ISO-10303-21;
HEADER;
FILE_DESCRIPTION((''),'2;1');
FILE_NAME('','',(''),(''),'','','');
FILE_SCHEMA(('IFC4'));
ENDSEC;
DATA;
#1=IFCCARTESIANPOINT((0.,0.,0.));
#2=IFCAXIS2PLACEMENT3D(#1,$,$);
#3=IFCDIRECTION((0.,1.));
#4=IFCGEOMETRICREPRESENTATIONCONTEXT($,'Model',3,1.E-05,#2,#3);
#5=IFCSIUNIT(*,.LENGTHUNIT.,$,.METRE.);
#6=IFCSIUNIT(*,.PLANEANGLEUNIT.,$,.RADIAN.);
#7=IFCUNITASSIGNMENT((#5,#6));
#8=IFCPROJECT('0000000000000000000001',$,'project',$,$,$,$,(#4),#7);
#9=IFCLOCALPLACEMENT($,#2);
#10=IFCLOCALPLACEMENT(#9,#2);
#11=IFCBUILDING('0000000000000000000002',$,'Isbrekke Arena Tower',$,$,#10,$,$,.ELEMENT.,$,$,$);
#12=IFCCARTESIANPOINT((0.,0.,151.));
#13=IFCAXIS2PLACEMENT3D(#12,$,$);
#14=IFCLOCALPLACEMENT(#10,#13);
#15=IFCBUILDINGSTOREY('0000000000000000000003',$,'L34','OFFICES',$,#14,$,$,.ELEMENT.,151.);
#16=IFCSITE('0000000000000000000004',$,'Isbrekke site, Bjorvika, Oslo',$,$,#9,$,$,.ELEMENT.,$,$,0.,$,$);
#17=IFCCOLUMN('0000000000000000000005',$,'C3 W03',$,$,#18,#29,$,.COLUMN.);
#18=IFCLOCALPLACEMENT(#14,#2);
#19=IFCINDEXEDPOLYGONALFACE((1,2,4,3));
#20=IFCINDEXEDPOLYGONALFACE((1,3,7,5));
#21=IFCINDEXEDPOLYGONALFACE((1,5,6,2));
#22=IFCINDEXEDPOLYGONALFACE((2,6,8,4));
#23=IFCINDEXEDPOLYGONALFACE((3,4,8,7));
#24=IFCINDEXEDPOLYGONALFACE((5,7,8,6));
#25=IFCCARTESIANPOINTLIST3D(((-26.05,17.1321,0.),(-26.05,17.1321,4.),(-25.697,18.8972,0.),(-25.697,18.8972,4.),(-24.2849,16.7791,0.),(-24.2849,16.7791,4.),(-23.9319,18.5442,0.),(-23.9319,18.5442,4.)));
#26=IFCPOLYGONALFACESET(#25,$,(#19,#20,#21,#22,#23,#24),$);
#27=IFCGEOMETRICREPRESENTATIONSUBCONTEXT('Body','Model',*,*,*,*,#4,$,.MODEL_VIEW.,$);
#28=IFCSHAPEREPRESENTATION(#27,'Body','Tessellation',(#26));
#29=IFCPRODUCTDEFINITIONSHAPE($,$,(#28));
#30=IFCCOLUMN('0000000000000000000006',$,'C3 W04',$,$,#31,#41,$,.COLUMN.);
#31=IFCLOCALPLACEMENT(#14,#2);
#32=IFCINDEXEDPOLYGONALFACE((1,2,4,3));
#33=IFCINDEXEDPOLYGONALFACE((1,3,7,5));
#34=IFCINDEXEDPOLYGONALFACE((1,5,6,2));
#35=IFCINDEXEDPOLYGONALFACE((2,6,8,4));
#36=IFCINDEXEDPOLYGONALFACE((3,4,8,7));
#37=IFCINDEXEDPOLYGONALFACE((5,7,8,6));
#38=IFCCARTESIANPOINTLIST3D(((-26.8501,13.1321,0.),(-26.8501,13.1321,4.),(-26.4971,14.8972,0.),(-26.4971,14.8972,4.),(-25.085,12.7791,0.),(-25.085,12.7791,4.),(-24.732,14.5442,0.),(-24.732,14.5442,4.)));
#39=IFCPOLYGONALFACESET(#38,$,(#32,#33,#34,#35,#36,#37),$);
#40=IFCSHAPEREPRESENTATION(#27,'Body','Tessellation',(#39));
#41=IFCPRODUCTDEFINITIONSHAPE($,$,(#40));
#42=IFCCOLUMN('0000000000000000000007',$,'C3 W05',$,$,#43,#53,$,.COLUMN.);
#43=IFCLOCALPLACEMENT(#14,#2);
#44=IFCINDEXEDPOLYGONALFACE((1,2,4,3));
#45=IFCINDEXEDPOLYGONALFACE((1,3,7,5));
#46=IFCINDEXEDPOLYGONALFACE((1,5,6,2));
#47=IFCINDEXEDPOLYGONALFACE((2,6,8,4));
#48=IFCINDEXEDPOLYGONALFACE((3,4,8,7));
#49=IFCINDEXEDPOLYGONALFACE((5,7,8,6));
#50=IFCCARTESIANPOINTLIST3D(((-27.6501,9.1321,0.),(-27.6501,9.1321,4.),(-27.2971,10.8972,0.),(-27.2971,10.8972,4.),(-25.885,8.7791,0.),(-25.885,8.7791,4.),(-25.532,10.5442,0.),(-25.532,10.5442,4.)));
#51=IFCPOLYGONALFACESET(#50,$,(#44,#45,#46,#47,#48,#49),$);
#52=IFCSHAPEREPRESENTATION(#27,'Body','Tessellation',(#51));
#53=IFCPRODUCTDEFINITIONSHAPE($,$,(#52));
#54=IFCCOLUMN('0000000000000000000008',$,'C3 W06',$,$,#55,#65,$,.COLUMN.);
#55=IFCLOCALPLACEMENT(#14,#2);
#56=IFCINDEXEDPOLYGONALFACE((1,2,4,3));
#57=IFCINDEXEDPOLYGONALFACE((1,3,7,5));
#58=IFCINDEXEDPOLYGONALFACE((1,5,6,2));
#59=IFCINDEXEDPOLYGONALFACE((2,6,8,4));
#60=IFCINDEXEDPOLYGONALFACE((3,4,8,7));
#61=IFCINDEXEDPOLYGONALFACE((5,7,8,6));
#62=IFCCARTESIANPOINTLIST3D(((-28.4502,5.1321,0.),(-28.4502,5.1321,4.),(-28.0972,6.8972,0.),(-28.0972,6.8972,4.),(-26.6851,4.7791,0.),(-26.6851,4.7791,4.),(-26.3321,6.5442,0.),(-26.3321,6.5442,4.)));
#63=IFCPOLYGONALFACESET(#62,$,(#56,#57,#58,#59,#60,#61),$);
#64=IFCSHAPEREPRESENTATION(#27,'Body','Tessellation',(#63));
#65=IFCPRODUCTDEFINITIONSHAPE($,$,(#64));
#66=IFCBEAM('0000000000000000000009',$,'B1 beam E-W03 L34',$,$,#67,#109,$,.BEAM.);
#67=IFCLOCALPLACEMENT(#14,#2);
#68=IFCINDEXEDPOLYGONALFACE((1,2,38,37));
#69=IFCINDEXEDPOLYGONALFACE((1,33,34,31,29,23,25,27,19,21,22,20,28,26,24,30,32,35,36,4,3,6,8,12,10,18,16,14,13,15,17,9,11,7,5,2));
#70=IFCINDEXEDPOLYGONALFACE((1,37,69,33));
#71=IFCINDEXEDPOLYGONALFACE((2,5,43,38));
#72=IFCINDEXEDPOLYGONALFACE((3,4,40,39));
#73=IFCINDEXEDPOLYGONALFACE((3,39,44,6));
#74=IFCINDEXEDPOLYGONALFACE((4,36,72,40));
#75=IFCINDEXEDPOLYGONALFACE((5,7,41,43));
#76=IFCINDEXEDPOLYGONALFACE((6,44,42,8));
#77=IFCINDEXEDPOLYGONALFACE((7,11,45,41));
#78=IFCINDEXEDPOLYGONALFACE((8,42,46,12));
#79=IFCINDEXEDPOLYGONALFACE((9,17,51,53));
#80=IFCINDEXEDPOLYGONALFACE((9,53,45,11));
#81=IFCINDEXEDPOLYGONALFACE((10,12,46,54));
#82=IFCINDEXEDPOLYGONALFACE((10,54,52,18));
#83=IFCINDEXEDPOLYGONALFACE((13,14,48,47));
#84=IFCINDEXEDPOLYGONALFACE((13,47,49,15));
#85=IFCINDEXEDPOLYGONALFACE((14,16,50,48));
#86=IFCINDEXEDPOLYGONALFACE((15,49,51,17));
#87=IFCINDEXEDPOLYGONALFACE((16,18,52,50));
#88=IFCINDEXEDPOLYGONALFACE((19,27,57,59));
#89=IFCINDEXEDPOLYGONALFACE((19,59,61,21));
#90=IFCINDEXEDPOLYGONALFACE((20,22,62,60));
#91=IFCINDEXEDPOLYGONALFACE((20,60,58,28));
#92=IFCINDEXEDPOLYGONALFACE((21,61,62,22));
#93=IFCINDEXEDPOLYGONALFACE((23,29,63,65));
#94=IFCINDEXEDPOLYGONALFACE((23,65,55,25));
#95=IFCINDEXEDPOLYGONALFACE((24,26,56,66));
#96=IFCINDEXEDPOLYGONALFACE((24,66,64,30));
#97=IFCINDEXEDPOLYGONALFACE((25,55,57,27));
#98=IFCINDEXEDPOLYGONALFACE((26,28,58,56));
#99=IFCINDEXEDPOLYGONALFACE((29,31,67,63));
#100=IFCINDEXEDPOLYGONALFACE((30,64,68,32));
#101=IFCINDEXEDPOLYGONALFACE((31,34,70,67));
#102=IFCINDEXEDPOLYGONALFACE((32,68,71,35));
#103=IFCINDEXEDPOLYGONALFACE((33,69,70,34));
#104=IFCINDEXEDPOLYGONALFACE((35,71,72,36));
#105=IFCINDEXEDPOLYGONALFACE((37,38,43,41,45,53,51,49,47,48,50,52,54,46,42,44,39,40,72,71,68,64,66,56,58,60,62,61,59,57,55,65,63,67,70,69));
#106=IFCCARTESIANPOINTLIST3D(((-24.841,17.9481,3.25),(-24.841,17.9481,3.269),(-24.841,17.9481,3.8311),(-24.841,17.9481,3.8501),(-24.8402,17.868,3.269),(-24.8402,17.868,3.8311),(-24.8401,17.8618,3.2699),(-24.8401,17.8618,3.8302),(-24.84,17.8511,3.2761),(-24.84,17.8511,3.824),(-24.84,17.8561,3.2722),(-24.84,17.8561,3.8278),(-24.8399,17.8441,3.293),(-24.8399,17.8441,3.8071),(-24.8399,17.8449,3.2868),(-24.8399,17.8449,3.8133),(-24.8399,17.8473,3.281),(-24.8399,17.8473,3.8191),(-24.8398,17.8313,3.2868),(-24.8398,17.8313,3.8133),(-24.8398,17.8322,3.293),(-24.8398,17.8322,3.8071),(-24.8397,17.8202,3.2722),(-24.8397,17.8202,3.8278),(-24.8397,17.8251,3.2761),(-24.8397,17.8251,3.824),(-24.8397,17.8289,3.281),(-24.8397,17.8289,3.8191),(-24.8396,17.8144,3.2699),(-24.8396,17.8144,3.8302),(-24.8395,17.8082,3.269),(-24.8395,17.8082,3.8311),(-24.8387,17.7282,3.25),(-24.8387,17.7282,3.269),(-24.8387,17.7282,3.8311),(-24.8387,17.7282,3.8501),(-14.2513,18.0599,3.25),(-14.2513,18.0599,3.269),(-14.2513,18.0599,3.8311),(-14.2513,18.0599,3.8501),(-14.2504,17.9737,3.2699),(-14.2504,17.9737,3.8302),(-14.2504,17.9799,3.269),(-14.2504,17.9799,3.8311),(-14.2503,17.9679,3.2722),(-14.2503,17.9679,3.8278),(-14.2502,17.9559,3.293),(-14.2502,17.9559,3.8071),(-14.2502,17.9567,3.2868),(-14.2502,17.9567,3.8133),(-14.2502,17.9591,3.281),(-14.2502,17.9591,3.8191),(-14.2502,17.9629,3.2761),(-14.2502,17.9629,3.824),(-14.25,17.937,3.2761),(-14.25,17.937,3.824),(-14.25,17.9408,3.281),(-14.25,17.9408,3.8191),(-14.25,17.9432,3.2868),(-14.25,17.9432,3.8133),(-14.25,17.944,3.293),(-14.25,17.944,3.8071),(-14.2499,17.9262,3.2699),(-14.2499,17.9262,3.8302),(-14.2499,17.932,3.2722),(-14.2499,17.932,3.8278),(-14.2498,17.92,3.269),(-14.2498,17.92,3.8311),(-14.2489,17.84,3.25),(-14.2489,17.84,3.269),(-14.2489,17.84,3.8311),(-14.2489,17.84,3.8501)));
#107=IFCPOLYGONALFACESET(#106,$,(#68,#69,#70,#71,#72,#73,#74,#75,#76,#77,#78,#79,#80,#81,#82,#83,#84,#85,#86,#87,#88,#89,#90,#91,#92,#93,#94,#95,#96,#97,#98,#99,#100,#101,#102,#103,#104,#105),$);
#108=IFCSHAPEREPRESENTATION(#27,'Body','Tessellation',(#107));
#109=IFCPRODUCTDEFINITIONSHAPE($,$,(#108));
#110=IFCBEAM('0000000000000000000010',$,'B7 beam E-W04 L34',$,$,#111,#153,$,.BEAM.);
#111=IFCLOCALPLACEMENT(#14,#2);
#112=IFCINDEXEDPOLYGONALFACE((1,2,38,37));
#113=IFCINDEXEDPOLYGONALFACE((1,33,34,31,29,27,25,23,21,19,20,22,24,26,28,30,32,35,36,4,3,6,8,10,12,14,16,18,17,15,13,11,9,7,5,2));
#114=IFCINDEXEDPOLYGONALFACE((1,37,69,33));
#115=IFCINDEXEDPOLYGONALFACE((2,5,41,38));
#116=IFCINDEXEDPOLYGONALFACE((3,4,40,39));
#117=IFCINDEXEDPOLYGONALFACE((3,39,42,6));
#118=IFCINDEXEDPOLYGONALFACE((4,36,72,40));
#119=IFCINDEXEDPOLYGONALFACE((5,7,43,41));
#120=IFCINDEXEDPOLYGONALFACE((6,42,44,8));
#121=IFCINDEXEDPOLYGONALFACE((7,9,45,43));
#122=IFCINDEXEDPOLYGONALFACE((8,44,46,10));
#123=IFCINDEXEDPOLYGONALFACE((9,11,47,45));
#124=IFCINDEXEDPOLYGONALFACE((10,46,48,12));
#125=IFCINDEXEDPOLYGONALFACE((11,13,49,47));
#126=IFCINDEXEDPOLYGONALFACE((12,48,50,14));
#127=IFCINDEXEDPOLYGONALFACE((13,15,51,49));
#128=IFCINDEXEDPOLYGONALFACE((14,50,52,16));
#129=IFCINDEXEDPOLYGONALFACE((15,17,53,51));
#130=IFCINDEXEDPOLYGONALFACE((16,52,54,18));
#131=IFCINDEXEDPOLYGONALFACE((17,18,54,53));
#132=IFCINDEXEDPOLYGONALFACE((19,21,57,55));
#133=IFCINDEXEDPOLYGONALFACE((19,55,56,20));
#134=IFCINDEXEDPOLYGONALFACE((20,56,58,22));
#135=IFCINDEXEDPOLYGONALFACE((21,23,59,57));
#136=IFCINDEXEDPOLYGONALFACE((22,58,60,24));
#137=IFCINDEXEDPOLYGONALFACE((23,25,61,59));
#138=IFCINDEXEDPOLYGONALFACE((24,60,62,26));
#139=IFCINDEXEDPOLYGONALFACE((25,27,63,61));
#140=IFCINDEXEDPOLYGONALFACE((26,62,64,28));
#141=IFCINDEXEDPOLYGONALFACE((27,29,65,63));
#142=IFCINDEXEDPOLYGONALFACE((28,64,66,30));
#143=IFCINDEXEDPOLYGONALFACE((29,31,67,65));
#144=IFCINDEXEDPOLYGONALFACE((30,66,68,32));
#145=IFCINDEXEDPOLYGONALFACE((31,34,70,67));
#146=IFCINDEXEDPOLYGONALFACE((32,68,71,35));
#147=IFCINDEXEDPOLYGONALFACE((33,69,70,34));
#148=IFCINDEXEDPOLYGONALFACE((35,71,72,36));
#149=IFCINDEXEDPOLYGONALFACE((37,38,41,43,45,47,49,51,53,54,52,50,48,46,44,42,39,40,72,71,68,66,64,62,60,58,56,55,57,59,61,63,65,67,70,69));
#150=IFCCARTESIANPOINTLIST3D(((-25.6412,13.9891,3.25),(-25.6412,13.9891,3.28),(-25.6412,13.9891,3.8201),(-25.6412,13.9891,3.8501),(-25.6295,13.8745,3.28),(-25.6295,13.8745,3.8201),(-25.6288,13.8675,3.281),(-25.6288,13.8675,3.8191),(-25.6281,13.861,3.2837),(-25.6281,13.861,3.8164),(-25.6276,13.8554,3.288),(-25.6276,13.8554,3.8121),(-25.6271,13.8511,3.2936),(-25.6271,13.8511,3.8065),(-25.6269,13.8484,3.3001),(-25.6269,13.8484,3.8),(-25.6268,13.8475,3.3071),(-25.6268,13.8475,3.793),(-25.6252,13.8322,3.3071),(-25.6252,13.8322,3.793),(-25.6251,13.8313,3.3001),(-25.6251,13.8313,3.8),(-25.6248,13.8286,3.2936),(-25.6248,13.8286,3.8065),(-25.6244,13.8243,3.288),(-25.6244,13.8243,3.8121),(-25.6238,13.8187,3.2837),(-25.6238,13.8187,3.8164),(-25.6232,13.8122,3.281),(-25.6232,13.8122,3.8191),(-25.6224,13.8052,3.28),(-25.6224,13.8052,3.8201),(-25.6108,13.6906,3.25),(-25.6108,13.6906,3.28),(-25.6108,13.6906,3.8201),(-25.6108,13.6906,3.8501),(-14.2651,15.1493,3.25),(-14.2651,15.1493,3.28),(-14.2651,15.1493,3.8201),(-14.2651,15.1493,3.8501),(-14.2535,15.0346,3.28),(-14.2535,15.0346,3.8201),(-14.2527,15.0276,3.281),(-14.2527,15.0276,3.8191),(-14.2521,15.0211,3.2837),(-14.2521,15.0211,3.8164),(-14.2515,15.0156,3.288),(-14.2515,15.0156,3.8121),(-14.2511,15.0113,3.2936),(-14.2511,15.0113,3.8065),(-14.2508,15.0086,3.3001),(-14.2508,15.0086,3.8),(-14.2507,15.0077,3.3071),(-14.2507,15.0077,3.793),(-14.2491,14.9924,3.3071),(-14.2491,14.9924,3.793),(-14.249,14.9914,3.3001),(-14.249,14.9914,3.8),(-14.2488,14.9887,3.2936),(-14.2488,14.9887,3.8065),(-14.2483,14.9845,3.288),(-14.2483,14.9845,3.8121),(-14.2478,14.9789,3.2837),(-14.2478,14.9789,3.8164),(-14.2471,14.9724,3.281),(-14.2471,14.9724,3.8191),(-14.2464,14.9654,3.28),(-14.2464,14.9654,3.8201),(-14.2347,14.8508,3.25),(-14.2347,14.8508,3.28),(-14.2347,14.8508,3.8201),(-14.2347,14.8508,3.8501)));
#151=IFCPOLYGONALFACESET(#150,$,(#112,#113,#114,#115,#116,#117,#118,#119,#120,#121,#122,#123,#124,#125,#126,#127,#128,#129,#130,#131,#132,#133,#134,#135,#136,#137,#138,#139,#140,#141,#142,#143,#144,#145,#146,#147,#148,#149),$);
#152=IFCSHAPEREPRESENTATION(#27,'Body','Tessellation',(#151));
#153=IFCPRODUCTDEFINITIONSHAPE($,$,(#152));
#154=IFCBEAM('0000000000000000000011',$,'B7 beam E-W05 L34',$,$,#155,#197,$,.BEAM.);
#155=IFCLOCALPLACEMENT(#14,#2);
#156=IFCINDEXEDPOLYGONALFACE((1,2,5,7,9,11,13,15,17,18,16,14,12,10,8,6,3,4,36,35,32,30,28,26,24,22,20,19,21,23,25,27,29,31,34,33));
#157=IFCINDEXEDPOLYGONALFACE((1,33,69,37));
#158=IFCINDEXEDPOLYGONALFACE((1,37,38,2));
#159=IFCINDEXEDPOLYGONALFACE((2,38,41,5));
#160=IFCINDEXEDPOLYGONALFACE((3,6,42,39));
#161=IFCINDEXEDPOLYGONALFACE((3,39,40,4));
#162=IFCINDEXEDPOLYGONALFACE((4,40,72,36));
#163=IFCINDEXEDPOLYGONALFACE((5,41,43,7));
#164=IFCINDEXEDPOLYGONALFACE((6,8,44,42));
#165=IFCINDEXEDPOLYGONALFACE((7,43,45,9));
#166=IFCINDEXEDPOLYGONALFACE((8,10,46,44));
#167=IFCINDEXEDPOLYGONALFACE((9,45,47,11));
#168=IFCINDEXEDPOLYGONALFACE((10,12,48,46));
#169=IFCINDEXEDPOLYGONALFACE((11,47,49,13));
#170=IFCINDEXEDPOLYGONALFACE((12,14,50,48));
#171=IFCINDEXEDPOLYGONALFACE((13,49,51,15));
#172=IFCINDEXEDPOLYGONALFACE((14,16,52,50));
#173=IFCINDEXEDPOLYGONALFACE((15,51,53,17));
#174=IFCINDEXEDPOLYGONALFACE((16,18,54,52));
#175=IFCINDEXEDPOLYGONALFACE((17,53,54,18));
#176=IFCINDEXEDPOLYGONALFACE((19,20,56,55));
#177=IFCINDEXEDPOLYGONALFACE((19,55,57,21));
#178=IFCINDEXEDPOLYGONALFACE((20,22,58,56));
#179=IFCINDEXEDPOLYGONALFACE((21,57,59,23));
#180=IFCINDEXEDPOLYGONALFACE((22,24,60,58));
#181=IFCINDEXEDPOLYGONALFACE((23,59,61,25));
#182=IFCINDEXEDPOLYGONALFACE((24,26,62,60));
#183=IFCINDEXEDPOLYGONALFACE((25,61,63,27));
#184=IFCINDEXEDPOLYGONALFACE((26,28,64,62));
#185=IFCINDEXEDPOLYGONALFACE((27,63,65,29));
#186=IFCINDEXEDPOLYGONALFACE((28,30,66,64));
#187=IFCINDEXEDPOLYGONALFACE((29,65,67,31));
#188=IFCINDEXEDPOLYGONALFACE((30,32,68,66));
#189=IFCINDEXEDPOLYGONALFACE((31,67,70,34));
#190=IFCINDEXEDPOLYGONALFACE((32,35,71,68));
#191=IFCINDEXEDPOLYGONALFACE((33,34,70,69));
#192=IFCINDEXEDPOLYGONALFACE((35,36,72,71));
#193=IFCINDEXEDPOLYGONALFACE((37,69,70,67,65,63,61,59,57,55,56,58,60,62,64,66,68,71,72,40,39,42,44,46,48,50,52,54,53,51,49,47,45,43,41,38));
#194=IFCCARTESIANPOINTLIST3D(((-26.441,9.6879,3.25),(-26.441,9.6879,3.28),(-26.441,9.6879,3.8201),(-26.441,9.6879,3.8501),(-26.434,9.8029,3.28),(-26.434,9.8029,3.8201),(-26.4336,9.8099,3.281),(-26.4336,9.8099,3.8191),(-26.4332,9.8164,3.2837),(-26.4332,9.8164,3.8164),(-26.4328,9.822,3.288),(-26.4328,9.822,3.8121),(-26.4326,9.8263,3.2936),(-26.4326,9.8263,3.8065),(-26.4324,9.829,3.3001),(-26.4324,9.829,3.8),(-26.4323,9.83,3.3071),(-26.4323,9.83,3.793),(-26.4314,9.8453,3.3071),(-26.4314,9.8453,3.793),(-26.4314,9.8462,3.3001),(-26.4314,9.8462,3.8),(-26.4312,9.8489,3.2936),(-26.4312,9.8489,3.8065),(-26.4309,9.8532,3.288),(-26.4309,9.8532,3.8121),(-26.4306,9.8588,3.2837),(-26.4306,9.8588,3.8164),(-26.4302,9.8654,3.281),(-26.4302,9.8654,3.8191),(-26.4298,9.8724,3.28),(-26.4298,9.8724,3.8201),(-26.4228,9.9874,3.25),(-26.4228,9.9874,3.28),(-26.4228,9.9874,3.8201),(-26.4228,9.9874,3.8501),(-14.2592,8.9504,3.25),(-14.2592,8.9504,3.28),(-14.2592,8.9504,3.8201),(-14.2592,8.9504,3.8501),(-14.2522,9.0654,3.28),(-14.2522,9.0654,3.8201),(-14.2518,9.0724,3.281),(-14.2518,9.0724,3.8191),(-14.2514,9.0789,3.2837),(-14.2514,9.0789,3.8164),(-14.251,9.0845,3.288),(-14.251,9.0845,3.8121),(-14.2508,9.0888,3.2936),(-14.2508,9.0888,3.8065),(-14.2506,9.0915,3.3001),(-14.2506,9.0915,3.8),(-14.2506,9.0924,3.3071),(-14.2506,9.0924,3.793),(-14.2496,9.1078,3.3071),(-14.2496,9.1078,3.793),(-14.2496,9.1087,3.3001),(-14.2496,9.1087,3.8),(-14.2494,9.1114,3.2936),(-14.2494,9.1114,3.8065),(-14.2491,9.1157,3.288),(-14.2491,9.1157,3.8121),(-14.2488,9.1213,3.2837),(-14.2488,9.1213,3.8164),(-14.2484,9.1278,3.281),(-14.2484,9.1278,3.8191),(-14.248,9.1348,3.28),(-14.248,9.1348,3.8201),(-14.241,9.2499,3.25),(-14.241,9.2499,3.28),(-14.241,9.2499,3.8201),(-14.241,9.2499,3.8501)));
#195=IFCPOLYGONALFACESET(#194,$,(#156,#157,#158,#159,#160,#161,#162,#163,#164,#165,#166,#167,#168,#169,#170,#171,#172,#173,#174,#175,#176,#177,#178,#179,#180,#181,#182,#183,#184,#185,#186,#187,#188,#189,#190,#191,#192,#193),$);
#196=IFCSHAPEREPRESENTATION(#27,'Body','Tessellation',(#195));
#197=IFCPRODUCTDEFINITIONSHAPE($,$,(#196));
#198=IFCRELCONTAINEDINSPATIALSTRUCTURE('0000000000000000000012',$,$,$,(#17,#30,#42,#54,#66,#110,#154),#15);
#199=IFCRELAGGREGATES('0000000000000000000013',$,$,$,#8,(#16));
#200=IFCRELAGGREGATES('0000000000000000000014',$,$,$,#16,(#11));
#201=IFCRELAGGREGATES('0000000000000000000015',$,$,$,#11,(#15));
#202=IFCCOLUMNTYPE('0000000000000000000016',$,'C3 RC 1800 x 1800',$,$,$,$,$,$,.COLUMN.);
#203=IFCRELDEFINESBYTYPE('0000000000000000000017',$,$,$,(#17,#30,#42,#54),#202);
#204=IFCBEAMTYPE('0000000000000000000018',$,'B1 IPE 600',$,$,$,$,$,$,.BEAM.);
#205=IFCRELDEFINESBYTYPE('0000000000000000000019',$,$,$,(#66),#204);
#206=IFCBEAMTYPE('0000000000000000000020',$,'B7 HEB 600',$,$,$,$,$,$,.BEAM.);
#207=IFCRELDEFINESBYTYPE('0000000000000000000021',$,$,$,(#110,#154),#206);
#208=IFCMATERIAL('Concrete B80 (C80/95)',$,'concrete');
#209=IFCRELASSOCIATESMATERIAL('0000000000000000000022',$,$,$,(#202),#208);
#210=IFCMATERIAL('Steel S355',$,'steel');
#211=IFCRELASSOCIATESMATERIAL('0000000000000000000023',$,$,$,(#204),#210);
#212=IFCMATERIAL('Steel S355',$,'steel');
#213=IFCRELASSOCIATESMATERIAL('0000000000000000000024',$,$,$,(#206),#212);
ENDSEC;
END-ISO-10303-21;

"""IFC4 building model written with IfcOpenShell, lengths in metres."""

from ifc_helpers import new_model, si_unit, direction, frame, origin, origin_2d, place, context, subcontext, project, spatial, rectangle, i_section, extrude, material, material_profile, profile_set, type_object, element, save


model = new_model("IFC4")

# Units and contexts
model_context = context("Model", 3, precision=1e-05, world=origin(), true_north=direction((0.0, 1.0)))
body_context = subcontext(model_context, "Body", "Model", "MODEL_VIEW")
ifc_project = project(units=[si_unit("LENGTHUNIT", "METRE"), si_unit("PLANEANGLEUNIT", "RADIAN")], contexts=[model_context])

# Site, building, storey
site_placement = place(None, origin())
site = spatial("IfcSite", under=ifc_project, at=site_placement, Name="Isbrekke site, Bjorvika, Oslo", CompositionType="ELEMENT", RefElevation=0.0)
building_placement = place(site_placement, origin())
building = spatial("IfcBuilding", under=site, at=building_placement, Name="Isbrekke Arena Tower", CompositionType="ELEMENT")
storey_placement = place(building_placement, frame((0.0, 0.0, 151.0)))
storey = spatial("IfcBuildingStorey", under=building, at=storey_placement, Name="L34", Description="OFFICES", CompositionType="ELEMENT", Elevation=151.0)

# Columns
ifc_material_1 = material(Name="Concrete B80 (C80/95)", Category="concrete")
ifc_material_profile_1 = material_profile(ifc_material_1, rectangle(XDim=1.8, YDim=1.8, at=origin_2d()), Name="RC 1800x1800")
ifc_profile_set_1 = profile_set([ifc_material_profile_1], Name="Concrete B80 (C80/95)")
column_type = type_object("IfcColumnType", Name="C3 RC 1800 x 1800", PredefinedType="COLUMN", material=ifc_profile_set_1)
for number, where, z_axis, x_axis, name in (
    (1, (-24.991, 17.8381, 0.0), (0.0, 0.0, 1.0), (-0.196116, -0.980581, 0.0), "C3 W03"),
    (2, (-25.791, 13.8381, 0.0), (0.0, 0.0, 1.0), (-0.196116, -0.980581, 0.0), "C3 W04"),
    (3, (-26.5911, 9.8381, 0.0), (0.0, 0.0, 1.0), (-0.196116, -0.980581, 0.0), "C3 W05"),
    (4, (-27.3911, 5.8381, 0.0), (0.0, 0.0, 1.0), (-0.196116, -0.980581, 0.0), "C3 W06"),
):
    element("IfcColumn", number, at=place(storey_placement, frame(where, z_axis=z_axis, x_axis=x_axis)), inside=storey, type_object=column_type, Name=name, PredefinedType="COLUMN", context=body_context, shape_type="SweptSolid", body=[
        extrude(rectangle(XDim=1.8, YDim=1.8, at=origin_2d()), origin(), (0.0, 0.0, 1.0), 4.0),
    ])

# Beams
ifc_material_2 = material(Name="Steel S355", Category="steel")
ifc_material_profile_2 = material_profile(ifc_material_2, i_section(OverallWidth=0.22, OverallDepth=0.6001, WebThickness=0.012, FlangeThickness=0.019, FilletRadius=0.0239, at=origin_2d()), Name="IPE 600")
ifc_profile_set_2 = profile_set([ifc_material_profile_2], Name="Steel S355")
beam_type_1 = type_object("IfcBeamType", Name="B1 IPE 600", PredefinedType="BEAM", material=ifc_profile_set_2)
beam_1_placement = place(storey_placement, frame((-24.8398, 17.8381, 3.55), z_axis=(0.999944, 0.010558, 0.0), x_axis=(-0.010558, 0.999944, 0.0)))
element("IfcBeam", 5, at=beam_1_placement, inside=storey, type_object=beam_type_1, Name="B1 beam E-W03 L34", PredefinedType="BEAM", context=body_context, shape_type="SweptSolid", body=[
    extrude(i_section(OverallWidth=0.22, OverallDepth=0.6001, WebThickness=0.012, FlangeThickness=0.019, FilletRadius=0.0239, at=origin_2d()), origin(), (0.0, 0.0, 1.0), 10.5903),
])
ifc_material_3 = material(Name="Steel S355", Category="steel")
ifc_material_profile_3 = material_profile(ifc_material_3, i_section(OverallWidth=0.3, OverallDepth=0.6001, WebThickness=0.0154, FlangeThickness=0.03, FilletRadius=0.0271, at=origin_2d()), Name="HEB 600")
ifc_profile_set_3 = profile_set([ifc_material_profile_3], Name="Steel S355")
beam_type_2 = type_object("IfcBeamType", Name="B7 HEB 600", PredefinedType="BEAM", material=ifc_profile_set_3)
beam_2_placement = place(storey_placement, frame((-25.626, 13.8398, 3.55), z_axis=(0.99484, 0.101457, 0.0), x_axis=(-0.101457, 0.99484, 0.0)))
element("IfcBeam", 6, at=beam_2_placement, inside=storey, type_object=beam_type_2, Name="B7 beam E-W04 L34", PredefinedType="BEAM", context=body_context, shape_type="SweptSolid", body=[
    extrude(i_section(OverallWidth=0.3, OverallDepth=0.6001, WebThickness=0.0154, FlangeThickness=0.03, FilletRadius=0.0271, at=origin_2d()), origin(), (0.0, 0.0, 1.0), 11.4351),
])
beam_3_placement = place(storey_placement, frame((-26.4319, 9.8376, 3.55), z_axis=(0.998172, -0.060434, 0.0), x_axis=(0.060434, 0.998172, 0.0)))
element("IfcBeam", 7, at=beam_3_placement, inside=storey, type_object=beam_type_2, Name="B7 beam E-W05 L34", PredefinedType="BEAM", context=body_context, shape_type="SweptSolid", body=[
    extrude(i_section(OverallWidth=0.3, OverallDepth=0.6001, WebThickness=0.0154, FlangeThickness=0.03, FilletRadius=0.0271, at=origin_2d()), origin(), (0.0, 0.0, 1.0), 12.2041),
])

save(model, "model.ifc")
